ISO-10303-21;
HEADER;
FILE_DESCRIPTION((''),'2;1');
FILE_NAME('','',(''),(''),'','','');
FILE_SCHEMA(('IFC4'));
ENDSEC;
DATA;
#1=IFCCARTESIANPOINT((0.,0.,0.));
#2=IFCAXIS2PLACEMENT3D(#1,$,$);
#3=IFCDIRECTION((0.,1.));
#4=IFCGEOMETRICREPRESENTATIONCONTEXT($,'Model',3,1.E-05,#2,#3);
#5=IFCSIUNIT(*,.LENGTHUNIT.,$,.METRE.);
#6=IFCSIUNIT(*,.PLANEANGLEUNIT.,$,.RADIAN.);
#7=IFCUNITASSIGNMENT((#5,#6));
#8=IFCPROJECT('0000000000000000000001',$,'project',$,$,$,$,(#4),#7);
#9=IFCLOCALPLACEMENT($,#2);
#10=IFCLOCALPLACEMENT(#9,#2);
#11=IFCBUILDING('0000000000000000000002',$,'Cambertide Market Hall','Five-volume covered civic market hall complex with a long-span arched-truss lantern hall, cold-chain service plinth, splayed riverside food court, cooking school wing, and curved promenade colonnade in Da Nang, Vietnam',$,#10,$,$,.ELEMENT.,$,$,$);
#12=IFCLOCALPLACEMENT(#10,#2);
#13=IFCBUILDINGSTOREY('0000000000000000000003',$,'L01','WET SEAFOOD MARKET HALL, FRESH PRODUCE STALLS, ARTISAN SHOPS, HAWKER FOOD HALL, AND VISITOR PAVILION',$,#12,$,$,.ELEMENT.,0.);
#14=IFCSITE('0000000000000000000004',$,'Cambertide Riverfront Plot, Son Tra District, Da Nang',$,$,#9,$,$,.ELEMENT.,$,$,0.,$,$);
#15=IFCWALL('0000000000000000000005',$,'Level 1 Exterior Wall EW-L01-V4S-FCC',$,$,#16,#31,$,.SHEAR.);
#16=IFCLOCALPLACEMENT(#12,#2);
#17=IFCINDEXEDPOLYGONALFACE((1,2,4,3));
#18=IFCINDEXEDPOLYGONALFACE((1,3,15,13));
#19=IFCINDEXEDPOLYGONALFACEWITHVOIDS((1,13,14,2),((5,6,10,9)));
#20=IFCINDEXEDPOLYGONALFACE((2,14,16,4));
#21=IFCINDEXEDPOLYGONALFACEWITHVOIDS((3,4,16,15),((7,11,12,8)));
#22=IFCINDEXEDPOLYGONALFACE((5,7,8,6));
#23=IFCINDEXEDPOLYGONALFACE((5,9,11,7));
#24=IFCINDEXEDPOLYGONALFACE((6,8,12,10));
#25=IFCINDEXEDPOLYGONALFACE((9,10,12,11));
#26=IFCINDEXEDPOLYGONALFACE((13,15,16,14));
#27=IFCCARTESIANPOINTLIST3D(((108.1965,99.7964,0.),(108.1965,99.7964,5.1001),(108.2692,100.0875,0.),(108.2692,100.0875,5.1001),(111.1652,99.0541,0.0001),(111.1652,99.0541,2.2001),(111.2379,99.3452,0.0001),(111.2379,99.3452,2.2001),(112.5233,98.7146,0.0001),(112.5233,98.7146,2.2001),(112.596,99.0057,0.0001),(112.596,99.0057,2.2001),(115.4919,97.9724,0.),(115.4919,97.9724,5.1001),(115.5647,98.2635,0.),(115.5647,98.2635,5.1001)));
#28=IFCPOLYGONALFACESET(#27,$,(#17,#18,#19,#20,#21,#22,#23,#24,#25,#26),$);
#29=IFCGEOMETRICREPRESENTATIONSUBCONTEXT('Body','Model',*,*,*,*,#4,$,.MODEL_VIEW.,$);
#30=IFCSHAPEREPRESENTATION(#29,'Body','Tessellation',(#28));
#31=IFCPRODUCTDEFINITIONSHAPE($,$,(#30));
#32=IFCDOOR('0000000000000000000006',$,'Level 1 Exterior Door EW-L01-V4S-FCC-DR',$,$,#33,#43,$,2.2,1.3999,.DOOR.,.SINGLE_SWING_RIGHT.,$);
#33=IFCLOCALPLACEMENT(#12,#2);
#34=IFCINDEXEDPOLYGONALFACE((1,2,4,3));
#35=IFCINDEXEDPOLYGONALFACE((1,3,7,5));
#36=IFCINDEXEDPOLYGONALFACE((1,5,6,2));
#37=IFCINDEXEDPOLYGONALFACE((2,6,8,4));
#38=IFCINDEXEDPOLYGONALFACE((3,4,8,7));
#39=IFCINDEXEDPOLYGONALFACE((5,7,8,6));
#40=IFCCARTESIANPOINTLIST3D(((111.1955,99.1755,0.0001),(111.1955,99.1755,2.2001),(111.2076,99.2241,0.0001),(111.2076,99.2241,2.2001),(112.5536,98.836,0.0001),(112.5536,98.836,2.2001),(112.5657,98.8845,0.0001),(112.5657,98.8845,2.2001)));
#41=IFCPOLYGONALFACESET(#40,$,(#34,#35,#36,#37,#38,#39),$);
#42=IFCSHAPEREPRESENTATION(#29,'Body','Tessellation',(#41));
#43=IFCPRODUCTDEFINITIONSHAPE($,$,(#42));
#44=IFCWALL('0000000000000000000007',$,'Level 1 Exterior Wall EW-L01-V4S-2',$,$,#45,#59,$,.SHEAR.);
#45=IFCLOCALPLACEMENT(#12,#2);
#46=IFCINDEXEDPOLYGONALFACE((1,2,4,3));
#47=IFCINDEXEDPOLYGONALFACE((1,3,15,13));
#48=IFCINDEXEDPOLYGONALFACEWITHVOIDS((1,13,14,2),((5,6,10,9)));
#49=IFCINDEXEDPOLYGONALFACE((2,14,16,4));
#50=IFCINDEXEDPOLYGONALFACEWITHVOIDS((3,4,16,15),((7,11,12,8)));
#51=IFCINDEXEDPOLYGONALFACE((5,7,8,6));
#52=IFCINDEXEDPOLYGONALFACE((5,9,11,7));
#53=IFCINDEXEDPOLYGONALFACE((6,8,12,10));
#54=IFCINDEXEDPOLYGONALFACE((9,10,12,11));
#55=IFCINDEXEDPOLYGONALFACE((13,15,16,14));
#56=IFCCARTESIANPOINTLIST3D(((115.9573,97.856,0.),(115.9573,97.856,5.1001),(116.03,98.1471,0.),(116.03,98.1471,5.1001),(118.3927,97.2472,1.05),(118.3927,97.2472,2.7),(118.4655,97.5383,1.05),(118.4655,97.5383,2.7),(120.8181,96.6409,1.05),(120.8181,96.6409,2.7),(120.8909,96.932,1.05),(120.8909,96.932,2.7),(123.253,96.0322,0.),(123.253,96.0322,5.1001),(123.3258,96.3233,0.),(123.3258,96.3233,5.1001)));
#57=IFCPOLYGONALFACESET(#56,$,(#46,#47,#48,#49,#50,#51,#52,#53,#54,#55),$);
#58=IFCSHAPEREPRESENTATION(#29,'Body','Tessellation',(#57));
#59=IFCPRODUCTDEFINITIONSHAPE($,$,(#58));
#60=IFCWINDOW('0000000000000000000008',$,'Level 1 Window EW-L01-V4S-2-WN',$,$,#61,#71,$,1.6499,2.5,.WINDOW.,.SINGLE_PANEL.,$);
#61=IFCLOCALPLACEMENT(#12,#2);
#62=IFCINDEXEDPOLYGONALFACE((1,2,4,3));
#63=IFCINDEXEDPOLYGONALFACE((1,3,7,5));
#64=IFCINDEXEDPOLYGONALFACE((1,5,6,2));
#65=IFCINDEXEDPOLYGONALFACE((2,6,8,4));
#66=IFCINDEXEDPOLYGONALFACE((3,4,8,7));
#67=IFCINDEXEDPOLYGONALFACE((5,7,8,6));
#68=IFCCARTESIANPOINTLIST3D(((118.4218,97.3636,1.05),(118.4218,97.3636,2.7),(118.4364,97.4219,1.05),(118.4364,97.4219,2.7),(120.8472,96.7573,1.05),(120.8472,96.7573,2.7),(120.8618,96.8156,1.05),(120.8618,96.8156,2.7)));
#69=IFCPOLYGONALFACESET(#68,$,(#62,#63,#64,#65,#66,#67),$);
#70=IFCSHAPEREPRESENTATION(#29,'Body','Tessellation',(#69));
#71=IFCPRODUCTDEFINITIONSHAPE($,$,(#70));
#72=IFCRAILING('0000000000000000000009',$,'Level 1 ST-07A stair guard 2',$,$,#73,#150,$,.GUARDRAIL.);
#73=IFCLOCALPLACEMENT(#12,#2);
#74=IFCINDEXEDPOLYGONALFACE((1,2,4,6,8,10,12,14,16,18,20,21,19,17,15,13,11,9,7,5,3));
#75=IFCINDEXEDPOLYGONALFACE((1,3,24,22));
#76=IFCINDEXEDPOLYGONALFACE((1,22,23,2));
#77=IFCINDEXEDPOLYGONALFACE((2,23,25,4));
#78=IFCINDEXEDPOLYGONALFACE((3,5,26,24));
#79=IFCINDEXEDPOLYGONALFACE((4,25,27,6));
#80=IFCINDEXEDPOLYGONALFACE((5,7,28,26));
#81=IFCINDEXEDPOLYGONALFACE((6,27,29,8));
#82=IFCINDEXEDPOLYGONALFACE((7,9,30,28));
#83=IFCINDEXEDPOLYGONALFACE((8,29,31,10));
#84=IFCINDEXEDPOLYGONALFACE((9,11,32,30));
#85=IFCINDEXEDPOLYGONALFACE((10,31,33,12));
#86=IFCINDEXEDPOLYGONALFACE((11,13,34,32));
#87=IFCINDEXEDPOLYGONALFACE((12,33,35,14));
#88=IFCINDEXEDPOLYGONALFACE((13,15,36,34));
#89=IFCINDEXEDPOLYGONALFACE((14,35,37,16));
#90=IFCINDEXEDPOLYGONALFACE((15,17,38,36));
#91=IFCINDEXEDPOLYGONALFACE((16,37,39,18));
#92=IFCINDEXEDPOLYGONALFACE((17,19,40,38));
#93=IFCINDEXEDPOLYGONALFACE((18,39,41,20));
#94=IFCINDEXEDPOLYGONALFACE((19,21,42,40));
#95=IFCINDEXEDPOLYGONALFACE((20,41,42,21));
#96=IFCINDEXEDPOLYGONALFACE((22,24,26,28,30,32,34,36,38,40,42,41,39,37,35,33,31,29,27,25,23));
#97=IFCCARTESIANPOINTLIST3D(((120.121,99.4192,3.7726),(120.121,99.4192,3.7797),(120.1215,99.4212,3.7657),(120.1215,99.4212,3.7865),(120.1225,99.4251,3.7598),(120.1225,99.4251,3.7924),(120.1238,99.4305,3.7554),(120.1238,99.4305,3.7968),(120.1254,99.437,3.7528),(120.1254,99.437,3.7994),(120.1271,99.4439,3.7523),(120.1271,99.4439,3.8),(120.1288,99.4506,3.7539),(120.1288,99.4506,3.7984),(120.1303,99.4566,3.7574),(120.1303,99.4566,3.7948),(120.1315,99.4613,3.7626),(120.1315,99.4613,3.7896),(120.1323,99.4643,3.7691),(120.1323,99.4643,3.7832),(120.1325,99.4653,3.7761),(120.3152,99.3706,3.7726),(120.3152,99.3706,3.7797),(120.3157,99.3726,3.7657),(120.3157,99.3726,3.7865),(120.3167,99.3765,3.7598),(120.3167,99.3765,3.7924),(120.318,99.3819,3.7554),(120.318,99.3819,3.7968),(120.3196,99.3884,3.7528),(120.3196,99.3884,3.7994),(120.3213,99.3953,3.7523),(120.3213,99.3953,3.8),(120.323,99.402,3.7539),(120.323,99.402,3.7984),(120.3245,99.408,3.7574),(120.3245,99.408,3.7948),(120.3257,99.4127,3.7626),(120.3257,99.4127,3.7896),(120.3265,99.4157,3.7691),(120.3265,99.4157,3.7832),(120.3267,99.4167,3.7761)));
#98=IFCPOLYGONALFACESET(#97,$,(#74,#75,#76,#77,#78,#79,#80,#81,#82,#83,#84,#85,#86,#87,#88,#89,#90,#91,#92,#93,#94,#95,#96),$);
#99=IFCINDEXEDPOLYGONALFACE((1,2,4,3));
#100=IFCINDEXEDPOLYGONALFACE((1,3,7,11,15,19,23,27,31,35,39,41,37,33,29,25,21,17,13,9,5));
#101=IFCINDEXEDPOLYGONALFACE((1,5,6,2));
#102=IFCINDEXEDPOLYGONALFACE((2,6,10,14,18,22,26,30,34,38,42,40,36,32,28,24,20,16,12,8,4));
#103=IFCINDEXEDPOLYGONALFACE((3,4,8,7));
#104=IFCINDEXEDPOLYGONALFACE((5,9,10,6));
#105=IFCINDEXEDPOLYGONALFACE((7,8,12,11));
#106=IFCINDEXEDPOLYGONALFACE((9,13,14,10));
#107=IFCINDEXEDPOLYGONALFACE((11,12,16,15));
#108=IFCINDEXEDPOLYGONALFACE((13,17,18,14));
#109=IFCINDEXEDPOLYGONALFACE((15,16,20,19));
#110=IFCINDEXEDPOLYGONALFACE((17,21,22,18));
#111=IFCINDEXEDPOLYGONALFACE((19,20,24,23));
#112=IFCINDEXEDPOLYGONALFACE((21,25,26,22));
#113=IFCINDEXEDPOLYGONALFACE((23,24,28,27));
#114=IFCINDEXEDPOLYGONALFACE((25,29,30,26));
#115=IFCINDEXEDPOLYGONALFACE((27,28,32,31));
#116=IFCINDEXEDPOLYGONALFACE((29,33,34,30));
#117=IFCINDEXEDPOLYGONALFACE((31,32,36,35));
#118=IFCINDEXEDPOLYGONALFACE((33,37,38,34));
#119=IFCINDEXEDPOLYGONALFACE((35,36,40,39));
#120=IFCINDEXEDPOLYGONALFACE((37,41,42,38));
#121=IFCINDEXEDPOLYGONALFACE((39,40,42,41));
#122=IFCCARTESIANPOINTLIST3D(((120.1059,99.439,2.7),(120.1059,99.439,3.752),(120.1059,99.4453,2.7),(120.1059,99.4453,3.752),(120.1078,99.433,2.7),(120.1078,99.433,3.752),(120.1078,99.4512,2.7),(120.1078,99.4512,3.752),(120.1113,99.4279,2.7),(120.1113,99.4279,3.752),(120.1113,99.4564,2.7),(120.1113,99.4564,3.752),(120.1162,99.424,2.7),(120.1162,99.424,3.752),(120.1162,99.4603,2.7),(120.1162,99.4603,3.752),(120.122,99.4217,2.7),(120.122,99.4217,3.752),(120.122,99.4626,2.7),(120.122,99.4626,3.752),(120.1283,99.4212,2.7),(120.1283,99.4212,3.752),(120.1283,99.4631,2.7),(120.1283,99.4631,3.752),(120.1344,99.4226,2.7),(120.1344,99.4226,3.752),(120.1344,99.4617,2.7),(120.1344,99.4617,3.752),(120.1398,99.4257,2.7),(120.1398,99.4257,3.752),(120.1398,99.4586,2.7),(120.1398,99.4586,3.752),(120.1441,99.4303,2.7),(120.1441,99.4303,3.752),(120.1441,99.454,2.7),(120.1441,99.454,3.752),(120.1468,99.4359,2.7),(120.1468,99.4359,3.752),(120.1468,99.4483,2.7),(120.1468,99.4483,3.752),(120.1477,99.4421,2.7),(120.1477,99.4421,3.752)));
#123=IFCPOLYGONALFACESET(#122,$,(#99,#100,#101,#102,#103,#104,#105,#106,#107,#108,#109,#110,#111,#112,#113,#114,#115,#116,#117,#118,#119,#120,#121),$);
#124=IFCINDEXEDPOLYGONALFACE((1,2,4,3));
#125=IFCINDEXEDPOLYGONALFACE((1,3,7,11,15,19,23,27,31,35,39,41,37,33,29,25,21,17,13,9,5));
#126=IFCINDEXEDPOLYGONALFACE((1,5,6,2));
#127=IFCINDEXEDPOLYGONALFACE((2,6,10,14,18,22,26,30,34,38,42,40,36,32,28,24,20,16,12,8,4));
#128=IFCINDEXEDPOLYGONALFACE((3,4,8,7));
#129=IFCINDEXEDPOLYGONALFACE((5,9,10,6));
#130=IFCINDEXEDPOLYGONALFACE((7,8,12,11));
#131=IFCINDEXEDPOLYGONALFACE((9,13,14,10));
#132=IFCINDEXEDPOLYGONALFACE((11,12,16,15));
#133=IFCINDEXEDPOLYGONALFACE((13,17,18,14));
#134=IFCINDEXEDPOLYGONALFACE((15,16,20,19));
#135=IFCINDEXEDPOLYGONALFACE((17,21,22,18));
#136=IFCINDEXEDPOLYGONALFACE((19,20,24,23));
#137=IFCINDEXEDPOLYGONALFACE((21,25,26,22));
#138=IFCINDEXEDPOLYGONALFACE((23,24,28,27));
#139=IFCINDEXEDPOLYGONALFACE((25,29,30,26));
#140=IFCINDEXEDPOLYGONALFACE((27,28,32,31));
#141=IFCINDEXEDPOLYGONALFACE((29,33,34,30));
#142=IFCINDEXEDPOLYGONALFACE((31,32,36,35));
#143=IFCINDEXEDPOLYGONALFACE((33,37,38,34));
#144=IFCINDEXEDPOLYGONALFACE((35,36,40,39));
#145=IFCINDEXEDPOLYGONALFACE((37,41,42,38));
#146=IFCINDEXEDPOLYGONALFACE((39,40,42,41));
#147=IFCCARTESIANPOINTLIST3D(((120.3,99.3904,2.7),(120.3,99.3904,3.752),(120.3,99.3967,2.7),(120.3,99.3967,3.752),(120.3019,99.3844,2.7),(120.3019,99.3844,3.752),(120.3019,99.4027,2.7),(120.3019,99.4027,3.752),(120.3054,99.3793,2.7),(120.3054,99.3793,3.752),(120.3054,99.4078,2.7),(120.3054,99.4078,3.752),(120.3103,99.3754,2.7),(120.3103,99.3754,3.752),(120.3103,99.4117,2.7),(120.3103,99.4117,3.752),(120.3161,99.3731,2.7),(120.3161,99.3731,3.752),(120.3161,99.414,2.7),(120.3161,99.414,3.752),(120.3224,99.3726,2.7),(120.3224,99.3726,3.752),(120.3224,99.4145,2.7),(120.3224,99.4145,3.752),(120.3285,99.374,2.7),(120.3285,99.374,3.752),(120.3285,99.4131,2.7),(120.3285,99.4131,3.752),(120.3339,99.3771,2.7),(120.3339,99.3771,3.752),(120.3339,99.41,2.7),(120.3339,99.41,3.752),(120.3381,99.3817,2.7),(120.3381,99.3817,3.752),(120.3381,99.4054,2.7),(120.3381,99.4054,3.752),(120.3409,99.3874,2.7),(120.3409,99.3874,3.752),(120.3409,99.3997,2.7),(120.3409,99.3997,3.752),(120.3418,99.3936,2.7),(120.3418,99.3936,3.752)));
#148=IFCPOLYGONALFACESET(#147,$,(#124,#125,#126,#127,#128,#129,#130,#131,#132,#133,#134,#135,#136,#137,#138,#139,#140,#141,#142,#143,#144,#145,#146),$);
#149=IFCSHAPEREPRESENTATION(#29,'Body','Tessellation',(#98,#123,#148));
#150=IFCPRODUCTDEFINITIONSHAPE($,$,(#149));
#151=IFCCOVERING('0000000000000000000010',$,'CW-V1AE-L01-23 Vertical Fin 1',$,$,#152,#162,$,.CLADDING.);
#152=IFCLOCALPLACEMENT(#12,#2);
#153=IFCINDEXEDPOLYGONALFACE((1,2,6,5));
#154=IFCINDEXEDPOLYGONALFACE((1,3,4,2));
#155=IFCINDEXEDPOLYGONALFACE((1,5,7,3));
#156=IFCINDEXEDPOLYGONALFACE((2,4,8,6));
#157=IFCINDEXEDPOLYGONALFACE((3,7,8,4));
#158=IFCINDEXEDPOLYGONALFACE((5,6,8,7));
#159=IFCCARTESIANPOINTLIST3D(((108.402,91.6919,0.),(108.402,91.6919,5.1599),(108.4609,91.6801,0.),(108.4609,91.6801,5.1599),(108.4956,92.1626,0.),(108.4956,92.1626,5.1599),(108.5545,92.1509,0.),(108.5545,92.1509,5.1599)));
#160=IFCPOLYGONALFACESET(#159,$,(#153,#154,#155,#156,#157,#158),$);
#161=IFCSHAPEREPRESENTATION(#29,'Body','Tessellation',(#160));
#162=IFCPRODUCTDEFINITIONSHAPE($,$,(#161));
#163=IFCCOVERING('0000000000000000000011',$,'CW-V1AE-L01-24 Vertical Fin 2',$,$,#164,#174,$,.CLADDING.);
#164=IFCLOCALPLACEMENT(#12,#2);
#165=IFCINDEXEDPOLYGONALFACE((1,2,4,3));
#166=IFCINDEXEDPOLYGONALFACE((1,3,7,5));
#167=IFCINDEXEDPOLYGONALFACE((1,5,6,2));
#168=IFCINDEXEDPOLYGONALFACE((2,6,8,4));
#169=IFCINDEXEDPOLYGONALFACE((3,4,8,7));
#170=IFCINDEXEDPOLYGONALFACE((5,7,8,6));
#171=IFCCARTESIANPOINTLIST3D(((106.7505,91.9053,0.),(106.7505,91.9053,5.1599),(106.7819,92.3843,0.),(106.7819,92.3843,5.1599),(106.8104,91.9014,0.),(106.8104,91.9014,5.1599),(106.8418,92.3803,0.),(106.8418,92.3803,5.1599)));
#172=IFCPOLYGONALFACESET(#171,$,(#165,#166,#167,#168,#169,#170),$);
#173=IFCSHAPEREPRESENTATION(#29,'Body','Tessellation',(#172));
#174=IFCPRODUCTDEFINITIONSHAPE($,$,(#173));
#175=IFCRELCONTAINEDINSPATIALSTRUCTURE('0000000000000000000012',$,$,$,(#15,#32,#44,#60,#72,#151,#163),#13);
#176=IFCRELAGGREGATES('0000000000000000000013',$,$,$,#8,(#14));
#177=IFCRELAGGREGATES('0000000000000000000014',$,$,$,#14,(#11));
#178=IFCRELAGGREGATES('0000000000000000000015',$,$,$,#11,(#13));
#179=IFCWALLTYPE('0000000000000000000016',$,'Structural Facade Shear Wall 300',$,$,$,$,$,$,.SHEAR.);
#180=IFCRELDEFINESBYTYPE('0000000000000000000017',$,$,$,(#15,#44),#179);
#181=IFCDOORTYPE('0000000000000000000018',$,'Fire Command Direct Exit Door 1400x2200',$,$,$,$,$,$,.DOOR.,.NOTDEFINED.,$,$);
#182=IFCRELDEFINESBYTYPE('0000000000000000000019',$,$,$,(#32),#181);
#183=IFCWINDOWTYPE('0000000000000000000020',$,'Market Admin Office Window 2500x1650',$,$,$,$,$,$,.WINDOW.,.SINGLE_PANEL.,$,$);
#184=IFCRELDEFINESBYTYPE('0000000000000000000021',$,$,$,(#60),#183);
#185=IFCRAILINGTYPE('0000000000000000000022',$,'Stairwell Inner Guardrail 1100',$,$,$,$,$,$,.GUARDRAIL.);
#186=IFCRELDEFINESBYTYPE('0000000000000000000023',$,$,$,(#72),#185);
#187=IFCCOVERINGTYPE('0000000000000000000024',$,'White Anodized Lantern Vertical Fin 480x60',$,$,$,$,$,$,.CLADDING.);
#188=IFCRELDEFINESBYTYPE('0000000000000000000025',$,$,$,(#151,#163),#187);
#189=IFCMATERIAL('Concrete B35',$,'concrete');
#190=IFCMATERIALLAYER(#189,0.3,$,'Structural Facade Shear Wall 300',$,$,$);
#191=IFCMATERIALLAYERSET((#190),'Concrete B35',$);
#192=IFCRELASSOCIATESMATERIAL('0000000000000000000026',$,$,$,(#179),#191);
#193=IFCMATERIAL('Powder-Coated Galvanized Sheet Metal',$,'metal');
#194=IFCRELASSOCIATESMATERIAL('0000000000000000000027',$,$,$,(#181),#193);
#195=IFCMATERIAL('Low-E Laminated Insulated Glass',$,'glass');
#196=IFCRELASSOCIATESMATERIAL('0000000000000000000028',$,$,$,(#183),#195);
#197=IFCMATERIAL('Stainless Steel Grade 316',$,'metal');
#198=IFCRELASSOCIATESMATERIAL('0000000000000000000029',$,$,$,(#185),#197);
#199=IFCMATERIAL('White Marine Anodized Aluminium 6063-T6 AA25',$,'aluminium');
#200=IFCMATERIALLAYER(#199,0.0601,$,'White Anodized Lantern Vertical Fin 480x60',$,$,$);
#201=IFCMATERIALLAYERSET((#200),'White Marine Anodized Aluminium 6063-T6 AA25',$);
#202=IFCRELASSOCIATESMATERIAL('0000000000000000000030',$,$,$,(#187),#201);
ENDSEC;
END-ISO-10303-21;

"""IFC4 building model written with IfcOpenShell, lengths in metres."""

from ifc_helpers import new_model, si_unit, direction, frame, frame_2d, origin, origin_2d, place, context, subcontext, project, spatial, rectangle, circle, extrude, material, layer, layer_set, type_object, element, fill, save


model = new_model("IFC4")

# Units and contexts
model_context = context("Model", 3, precision=1e-05, world=origin(), true_north=direction((0.0, 1.0)))
body_context = subcontext(model_context, "Body", "Model", "MODEL_VIEW")
ifc_project = project(units=[si_unit("LENGTHUNIT", "METRE"), si_unit("PLANEANGLEUNIT", "RADIAN")], contexts=[model_context])

# Site, building, storey
site_placement = place(None, origin())
site = spatial("IfcSite", under=ifc_project, at=site_placement, Name="Cambertide Riverfront Plot, Son Tra District, Da Nang", CompositionType="ELEMENT", RefElevation=0.0)
building_placement = place(site_placement, origin())
building = spatial("IfcBuilding", under=site, at=building_placement, Name="Cambertide Market Hall", Description="Five-volume covered civic market hall complex with a long-span arched-truss lantern hall, cold-chain service plinth, splayed riverside food court, cooking school wing, and curved promenade colonnade in Da Nang, Vietnam", CompositionType="ELEMENT")
storey_placement = place(building_placement, origin())
storey = spatial("IfcBuildingStorey", under=building, at=storey_placement, Name="L01", Description="WET SEAFOOD MARKET HALL, FRESH PRODUCE STALLS, ARTISAN SHOPS, HAWKER FOOD HALL, AND VISITOR PAVILION", CompositionType="ELEMENT", Elevation=0.0)

# Wall, opening, door
ifc_material_1 = material(Name="Concrete B35", Category="concrete")
ifc_layer_1 = layer(ifc_material_1, 0.3, Name="Structural Facade Shear Wall 300")
ifc_layer_set_1 = layer_set([ifc_layer_1], Name="Concrete B35")
wall_type_1 = type_object("IfcWallType", Name="Structural Facade Shear Wall 300", PredefinedType="SHEAR", material=ifc_layer_set_1)
wall_1_placement = place(storey_placement, frame((115.5283, 98.1179, 0.0), z_axis=(0.0, 0.0, 1.0), x_axis=(-0.970139, 0.242551, 0.0)))
wall_1 = element("IfcWall", 1, at=wall_1_placement, inside=storey, type_object=wall_type_1, Name="Level 1 Exterior Wall EW-L01-V4S-FCC", PredefinedType="SHEAR", context=body_context, shape_type="SweptSolid", body=[
    extrude(rectangle(XDim=7.52, YDim=0.3, at=frame_2d((3.76, 0.0))), origin(), (0.0, 0.0, 1.0), 5.1001),
])
opening_1_placement = place(wall_1_placement, frame((3.0601, 0.0, 0.0)))
opening_1 = element("IfcOpeningElement", 2, at=opening_1_placement, cuts=wall_1, PredefinedType="OPENING", context=body_context, shape_type="SweptSolid", body=[
    extrude(rectangle(XDim=1.3999, YDim=2.2, at=frame_2d((0.7, 1.1001))), frame((0.0, 0.1599, 0.0), z_axis=(0.0, -1.0, 0.0), x_axis=(1.0, 0.0, 0.0)), (0.0, 0.0, 1.0), 0.3201),
])
ifc_material_2 = material(Name="Powder-Coated Galvanized Sheet Metal", Category="metal")
door_type_1 = type_object("IfcDoorType", Name="Fire Command Direct Exit Door 1400x2200", OperationType="NOTDEFINED", PredefinedType="DOOR", material=ifc_material_2)
door_1_placement = place(opening_1_placement, origin())
door_1 = element("IfcDoor", 3, at=door_1_placement, inside=storey, type_object=door_type_1, Name="Level 1 Exterior Door EW-L01-V4S-FCC-DR", OperationType="SINGLE_SWING_RIGHT", OverallHeight=2.2, OverallWidth=1.3999, PredefinedType="DOOR", context=body_context, shape_type="SweptSolid", body=[
    extrude(rectangle(XDim=1.3999, YDim=2.2, at=frame_2d((0.7, 1.1001))), frame((0.0, 0.0249, 0.0), z_axis=(0.0, -1.0, 0.0), x_axis=(1.0, 0.0, 0.0)), (0.0, 0.0, 1.0), 0.05),
])
fill(opening_1, door_1)

# Wall, opening, window
wall_2_placement = place(storey_placement, frame((123.2896, 96.1777, 0.0), z_axis=(0.0, 0.0, 1.0), x_axis=(-0.970148, 0.242513, 0.0)))
wall_2 = element("IfcWall", 4, at=wall_2_placement, inside=storey, type_object=wall_type_1, Name="Level 1 Exterior Wall EW-L01-V4S-2", PredefinedType="SHEAR", context=body_context, shape_type="SweptSolid", body=[
    extrude(rectangle(XDim=7.5203, YDim=0.3, at=frame_2d((3.7603, 0.0))), origin(), (0.0, 0.0, 1.0), 5.1001),
])
opening_2_placement = place(wall_2_placement, frame((2.51, 0.0, 1.05)))
opening_2 = element("IfcOpeningElement", 5, at=opening_2_placement, cuts=wall_2, PredefinedType="OPENING", context=body_context, shape_type="SweptSolid", body=[
    extrude(rectangle(XDim=2.5, YDim=1.6499, at=frame_2d((1.25, 0.825))), frame((0.0, 0.1599, 0.0), z_axis=(0.0, -1.0, 0.0), x_axis=(1.0, 0.0, 0.0)), (0.0, 0.0, 1.0), 0.3201),
])
ifc_material_3 = material(Name="Low-E Laminated Insulated Glass", Category="glass")
window_type = type_object("IfcWindowType", Name="Market Admin Office Window 2500x1650", PartitioningType="SINGLE_PANEL", PredefinedType="WINDOW", material=ifc_material_3)
window_placement = place(opening_2_placement, origin())
window = element("IfcWindow", 6, at=window_placement, inside=storey, type_object=window_type, Name="Level 1 Window EW-L01-V4S-2-WN", OverallHeight=1.6499, OverallWidth=2.5, PartitioningType="SINGLE_PANEL", PredefinedType="WINDOW", context=body_context, shape_type="SweptSolid", body=[
    extrude(rectangle(XDim=2.5, YDim=1.6499, at=frame_2d((1.25, 0.825))), frame((0.0, 0.03, 0.0), z_axis=(0.0, -1.0, 0.0), x_axis=(1.0, 0.0, 0.0)), (0.0, 0.0, 1.0), 0.0601),
])
fill(opening_2, window)

# Railing
ifc_material_4 = material(Name="Stainless Steel Grade 316", Category="metal")
railing_type_1 = type_object("IfcRailingType", Name="Stairwell Inner Guardrail 1100", PredefinedType="GUARDRAIL", material=ifc_material_4)
railing_1_placement = place(storey_placement, frame((120.1267, 99.4421, 2.7)))
element("IfcRailing", 7, at=railing_1_placement, inside=storey, type_object=railing_type_1, Name="Level 1 ST-07A stair guard 2", PredefinedType="GUARDRAIL", context=body_context, shape_type="SweptSolid", body=[
    extrude(circle(Radius=0.0239, at=origin_2d()), frame((0.0, 0.0, 1.0762), z_axis=(0.970071, -0.242823, 0.0), x_axis=(0.242823, 0.970071, 0.0)), (0.0, 0.0, 1.0), 0.2002),
    extrude(circle(Radius=0.021, at=origin_2d()), origin(), (0.0, 0.0, 1.0), 1.052),
    extrude(circle(Radius=0.021, at=origin_2d()), frame((0.1941, -0.0486, 0.0)), (0.0, 0.0, 1.0), 1.052),
])

# Coverings
ifc_material_5 = material(Name="White Marine Anodized Aluminium 6063-T6 AA25", Category="aluminium")
ifc_layer_2 = layer(ifc_material_5, 0.0601, Name="White Anodized Lantern Vertical Fin 480x60")
ifc_layer_set_2 = layer_set([ifc_layer_2], Name="White Marine Anodized Aluminium 6063-T6 AA25")
covering_type = type_object("IfcCoveringType", Name="White Anodized Lantern Vertical Fin 480x60", PredefinedType="CLADDING", material=ifc_layer_set_2)
for number, where, z_axis, x_axis, name in (
    (8, (108.4783, 91.9214, 0.0), (0.0, 0.0, 1.0), (0.980785, -0.19509, 0.0), "CW-V1AE-L01-23 Vertical Fin 1"),
    (9, (106.7961, 92.1428, 0.0), (0.0, 0.0, 1.0), (0.997859, -0.065403, 0.0), "CW-V1AE-L01-24 Vertical Fin 2"),
):
    element("IfcCovering", number, at=place(storey_placement, frame(where, z_axis=z_axis, x_axis=x_axis)), inside=storey, type_object=covering_type, Name=name, PredefinedType="CLADDING", context=body_context, shape_type="SweptSolid", body=[
        extrude(rectangle(XDim=0.0601, YDim=0.48, at=origin_2d()), origin(), (0.0, 0.0, 1.0), 5.1599),
    ])

save(model, "model.ifc")
